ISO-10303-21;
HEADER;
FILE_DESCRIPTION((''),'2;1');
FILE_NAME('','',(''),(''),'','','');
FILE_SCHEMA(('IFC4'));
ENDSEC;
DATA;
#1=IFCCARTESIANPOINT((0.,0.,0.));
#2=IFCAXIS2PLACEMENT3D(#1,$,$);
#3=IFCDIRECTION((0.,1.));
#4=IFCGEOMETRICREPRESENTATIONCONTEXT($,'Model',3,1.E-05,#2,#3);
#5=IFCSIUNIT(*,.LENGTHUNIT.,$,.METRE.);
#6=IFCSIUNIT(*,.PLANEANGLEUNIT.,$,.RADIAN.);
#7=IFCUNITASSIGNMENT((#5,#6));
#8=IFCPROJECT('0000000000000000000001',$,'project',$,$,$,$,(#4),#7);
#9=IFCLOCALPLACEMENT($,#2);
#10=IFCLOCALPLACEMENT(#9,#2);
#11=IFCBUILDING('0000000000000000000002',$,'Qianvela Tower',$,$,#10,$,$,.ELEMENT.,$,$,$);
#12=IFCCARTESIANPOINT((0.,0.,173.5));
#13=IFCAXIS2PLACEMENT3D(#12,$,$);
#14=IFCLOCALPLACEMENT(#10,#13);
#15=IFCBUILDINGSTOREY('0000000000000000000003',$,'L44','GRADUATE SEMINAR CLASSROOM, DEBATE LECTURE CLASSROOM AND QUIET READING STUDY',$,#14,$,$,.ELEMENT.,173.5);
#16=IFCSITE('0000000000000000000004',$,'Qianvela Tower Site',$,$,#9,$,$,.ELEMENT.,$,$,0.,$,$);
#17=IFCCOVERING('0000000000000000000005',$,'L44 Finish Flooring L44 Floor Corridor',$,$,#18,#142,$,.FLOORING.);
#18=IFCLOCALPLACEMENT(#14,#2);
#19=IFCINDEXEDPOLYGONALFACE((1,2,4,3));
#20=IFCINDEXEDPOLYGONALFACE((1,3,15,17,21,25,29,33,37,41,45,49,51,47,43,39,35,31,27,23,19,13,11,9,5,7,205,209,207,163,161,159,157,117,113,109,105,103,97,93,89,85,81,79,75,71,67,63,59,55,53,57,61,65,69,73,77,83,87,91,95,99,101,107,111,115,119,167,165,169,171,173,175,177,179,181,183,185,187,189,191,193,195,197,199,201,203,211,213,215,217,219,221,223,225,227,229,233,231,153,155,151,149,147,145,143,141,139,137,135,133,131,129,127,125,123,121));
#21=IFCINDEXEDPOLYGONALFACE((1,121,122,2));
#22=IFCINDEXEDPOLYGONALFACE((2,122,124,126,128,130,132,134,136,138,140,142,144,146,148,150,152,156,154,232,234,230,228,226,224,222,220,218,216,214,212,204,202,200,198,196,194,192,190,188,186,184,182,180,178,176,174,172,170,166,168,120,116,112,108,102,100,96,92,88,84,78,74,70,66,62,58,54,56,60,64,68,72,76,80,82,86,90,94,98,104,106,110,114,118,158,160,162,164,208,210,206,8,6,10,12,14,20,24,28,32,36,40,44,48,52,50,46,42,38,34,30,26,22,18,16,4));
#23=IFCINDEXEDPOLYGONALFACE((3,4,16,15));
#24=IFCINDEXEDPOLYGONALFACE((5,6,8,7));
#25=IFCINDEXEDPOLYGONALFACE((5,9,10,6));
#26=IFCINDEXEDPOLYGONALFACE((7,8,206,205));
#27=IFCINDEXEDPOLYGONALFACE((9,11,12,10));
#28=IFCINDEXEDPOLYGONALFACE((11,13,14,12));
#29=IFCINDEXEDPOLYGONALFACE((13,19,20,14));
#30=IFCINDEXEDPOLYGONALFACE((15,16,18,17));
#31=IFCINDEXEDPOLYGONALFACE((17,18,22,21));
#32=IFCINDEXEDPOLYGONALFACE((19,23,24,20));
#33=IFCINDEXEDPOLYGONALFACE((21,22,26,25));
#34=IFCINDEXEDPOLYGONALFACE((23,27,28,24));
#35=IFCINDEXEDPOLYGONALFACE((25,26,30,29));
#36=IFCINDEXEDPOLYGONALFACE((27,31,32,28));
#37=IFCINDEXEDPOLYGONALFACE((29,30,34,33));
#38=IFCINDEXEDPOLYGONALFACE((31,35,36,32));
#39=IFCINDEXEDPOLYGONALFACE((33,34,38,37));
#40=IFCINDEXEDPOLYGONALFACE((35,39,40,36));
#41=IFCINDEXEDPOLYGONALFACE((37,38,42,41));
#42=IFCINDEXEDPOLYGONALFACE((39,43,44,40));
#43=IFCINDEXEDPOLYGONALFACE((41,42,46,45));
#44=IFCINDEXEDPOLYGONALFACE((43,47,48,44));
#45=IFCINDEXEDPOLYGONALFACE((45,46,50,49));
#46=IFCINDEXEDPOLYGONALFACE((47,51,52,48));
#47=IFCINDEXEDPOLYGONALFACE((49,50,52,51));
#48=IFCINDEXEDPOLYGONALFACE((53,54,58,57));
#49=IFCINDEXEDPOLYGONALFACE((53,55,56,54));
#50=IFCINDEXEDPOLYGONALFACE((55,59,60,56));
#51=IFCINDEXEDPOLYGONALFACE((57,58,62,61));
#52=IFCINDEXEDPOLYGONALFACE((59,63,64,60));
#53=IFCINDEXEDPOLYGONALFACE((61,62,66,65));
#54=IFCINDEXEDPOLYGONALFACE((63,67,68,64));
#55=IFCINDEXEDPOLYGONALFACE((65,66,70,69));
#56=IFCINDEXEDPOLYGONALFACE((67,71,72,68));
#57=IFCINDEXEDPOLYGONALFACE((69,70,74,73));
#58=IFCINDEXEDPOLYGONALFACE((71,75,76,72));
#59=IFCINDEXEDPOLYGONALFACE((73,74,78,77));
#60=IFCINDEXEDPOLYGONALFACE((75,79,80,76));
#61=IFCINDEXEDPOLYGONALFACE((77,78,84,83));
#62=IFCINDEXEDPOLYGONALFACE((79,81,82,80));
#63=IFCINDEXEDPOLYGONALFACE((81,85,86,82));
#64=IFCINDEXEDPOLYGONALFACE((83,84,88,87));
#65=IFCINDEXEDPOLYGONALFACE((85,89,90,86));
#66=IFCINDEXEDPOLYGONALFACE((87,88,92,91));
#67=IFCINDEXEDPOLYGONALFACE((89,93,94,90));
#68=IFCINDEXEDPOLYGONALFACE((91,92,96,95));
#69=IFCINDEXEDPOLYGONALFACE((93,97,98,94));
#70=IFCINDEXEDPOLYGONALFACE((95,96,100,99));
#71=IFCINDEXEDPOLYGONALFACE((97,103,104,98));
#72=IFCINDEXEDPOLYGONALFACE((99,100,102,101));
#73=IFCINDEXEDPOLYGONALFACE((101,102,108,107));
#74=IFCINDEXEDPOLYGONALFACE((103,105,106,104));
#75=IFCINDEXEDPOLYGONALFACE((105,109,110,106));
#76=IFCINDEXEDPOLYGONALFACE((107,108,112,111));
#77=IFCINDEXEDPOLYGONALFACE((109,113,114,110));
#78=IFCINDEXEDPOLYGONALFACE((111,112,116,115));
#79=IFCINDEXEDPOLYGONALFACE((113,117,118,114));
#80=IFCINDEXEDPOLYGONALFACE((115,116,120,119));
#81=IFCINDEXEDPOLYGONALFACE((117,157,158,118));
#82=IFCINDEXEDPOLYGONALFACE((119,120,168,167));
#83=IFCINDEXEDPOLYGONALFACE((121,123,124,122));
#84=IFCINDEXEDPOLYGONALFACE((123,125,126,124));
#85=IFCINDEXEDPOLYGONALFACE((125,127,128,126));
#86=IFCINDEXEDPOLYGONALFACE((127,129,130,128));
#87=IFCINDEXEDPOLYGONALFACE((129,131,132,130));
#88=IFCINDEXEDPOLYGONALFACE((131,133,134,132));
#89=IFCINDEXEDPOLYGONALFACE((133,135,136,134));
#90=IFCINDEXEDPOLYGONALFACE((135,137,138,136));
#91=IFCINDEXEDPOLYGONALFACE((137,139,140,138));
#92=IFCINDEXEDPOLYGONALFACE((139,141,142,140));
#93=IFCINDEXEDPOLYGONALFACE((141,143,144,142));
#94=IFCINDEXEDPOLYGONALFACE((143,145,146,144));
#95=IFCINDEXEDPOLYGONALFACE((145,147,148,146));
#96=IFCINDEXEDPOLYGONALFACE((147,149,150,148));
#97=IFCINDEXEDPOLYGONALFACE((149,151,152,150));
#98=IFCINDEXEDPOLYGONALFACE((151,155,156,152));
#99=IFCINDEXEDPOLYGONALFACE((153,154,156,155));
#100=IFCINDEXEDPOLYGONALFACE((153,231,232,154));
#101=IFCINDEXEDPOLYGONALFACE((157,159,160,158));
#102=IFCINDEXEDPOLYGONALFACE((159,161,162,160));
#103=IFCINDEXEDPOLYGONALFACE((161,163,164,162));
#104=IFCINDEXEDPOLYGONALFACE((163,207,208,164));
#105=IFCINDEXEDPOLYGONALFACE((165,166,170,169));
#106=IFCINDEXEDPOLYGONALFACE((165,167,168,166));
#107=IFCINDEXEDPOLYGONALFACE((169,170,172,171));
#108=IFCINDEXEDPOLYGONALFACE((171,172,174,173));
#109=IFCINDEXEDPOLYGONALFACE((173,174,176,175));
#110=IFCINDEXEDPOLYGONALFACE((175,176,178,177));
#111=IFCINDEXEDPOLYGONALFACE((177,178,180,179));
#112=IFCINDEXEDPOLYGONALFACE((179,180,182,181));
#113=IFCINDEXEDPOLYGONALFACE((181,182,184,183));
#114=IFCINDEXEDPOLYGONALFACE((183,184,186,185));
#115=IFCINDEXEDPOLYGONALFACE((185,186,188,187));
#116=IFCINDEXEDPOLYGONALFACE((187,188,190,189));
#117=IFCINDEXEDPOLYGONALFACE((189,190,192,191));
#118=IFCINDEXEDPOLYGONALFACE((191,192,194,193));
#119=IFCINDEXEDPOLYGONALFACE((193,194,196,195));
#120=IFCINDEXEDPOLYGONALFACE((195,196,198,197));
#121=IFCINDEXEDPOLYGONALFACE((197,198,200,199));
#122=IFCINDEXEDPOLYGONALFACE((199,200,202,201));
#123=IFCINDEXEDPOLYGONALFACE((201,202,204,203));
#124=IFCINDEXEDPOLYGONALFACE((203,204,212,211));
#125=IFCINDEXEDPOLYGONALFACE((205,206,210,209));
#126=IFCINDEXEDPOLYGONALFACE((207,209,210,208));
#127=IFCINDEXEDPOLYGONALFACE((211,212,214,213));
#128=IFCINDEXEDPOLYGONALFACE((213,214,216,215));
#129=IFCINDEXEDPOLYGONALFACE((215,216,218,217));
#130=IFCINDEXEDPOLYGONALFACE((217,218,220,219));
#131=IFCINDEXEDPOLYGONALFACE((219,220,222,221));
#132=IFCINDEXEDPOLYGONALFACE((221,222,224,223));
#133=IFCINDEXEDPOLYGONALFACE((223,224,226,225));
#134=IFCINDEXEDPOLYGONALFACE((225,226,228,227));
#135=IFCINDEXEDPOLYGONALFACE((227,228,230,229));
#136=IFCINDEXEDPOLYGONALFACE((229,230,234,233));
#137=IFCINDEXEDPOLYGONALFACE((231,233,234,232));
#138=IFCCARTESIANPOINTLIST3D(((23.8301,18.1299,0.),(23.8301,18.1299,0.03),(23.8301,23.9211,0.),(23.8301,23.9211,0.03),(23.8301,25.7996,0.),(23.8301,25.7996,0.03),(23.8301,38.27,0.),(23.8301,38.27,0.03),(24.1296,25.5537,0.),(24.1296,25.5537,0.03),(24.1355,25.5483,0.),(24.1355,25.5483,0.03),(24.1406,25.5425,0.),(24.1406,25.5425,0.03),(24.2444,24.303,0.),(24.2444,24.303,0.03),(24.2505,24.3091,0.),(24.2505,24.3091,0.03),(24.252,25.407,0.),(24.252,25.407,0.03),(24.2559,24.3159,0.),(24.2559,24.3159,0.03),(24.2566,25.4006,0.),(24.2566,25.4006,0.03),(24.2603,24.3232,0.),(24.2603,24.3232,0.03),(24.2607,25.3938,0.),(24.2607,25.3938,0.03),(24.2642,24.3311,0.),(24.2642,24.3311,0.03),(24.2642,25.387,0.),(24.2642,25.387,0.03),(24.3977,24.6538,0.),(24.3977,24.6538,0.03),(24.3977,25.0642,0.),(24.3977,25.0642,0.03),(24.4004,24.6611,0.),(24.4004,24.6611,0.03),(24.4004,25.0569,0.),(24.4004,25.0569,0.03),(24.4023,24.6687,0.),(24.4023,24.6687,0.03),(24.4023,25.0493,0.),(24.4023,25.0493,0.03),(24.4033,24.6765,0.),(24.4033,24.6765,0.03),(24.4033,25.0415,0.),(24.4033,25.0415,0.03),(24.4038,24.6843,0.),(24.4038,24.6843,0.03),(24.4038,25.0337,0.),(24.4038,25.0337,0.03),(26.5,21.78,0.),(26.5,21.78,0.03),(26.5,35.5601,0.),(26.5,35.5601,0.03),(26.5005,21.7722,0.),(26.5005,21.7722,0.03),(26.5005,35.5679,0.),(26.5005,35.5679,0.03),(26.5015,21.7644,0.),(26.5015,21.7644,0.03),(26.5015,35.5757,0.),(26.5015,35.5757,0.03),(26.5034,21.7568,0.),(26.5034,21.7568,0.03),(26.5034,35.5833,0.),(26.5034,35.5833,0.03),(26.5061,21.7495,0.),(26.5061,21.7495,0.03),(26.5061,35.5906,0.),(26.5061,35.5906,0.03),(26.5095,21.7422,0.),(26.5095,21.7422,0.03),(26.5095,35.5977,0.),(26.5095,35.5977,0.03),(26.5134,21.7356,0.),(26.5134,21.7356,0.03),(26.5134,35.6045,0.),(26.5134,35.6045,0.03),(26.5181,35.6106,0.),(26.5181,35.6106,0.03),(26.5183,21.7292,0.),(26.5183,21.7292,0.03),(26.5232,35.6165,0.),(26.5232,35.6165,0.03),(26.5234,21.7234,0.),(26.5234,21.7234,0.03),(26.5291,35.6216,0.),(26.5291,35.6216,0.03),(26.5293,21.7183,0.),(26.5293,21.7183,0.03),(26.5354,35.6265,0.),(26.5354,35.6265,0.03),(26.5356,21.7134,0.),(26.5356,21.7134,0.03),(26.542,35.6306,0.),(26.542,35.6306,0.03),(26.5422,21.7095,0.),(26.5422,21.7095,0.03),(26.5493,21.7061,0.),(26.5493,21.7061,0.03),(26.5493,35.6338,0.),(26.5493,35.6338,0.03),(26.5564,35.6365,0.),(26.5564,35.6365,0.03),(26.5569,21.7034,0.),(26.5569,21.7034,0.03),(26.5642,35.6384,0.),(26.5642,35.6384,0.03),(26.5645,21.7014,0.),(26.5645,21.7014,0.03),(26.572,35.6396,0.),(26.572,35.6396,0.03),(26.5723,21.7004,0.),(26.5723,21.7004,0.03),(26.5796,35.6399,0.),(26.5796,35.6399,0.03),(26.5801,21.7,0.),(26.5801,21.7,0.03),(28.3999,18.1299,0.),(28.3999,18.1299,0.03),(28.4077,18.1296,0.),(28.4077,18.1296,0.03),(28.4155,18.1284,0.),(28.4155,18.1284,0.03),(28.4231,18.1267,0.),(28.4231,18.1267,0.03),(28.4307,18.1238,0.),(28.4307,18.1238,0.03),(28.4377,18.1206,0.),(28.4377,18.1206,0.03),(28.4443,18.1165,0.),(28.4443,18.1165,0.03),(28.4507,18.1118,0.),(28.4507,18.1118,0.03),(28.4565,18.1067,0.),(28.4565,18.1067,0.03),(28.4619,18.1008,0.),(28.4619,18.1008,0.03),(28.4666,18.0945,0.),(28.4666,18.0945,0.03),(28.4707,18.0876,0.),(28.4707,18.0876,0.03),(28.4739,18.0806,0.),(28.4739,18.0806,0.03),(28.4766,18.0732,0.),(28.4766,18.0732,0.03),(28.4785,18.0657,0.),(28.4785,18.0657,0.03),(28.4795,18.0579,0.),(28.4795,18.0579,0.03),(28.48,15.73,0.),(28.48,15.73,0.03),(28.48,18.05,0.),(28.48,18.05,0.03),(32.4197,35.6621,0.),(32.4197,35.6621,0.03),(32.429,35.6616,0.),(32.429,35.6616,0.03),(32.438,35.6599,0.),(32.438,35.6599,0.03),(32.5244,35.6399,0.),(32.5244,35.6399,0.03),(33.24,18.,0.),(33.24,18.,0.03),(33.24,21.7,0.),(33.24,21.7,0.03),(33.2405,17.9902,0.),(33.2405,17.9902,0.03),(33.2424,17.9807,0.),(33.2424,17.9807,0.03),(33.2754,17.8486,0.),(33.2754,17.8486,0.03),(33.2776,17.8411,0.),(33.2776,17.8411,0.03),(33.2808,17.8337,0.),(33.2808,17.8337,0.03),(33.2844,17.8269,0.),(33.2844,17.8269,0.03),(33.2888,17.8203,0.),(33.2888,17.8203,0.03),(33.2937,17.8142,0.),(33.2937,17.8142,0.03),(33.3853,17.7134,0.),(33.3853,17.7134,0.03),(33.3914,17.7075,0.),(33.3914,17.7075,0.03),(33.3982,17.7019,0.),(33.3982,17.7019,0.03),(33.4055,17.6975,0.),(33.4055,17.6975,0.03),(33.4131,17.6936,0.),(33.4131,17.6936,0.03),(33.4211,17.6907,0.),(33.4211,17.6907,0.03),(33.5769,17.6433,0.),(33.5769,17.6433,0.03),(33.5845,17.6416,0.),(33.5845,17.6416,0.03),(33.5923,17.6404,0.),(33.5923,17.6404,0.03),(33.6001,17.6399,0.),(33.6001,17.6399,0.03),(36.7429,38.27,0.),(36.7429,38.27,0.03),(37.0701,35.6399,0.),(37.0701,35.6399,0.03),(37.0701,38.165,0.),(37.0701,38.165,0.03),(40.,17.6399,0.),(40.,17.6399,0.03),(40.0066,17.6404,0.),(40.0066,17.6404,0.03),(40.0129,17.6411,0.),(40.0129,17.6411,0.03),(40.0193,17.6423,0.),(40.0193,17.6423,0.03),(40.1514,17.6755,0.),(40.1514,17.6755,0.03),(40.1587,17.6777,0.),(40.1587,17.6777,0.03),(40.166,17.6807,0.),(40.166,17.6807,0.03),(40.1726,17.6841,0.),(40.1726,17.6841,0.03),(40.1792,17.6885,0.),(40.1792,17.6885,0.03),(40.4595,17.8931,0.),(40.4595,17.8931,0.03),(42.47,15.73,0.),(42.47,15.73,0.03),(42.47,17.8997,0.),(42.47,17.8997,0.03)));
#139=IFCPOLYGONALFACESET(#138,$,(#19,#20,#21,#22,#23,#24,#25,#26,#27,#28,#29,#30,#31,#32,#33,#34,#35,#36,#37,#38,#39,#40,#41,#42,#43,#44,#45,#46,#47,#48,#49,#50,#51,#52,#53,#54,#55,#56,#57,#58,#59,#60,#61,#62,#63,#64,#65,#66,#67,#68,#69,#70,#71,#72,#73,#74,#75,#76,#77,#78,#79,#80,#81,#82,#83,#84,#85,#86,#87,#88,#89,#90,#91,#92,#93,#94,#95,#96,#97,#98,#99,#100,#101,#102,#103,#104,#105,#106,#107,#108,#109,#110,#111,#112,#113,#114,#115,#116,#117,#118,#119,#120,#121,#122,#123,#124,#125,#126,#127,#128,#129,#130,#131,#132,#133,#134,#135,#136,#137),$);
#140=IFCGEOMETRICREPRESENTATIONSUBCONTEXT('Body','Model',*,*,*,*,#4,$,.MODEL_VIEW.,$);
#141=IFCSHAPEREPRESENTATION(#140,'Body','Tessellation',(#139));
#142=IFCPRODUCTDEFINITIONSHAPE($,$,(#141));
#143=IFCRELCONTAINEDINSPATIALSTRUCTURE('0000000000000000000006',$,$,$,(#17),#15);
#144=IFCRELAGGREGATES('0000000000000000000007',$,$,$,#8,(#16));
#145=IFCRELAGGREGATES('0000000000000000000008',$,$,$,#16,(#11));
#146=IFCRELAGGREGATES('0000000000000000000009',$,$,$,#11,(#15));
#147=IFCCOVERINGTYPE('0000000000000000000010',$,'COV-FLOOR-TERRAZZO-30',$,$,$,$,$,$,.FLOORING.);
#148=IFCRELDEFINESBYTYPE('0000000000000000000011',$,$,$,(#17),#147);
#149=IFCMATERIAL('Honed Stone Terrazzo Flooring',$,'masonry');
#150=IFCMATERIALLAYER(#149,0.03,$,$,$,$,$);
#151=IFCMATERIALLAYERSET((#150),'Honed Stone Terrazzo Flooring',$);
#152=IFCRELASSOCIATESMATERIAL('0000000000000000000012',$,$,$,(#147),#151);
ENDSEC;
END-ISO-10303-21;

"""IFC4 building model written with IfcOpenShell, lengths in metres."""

from ifc_helpers import new_model, si_unit, direction, frame, origin, place, context, subcontext, project, spatial, polyline, outline, extrude, material, layer, layer_set, type_object, element, save


model = new_model("IFC4")

# Units and contexts
model_context = context("Model", 3, precision=1e-05, world=origin(), true_north=direction((0.0, 1.0)))
body_context = subcontext(model_context, "Body", "Model", "MODEL_VIEW")
ifc_project = project(units=[si_unit("LENGTHUNIT", "METRE"), si_unit("PLANEANGLEUNIT", "RADIAN")], contexts=[model_context])

# Site, building, storey
site_placement = place(None, origin())
site = spatial("IfcSite", under=ifc_project, at=site_placement, Name="Qianvela Tower Site", CompositionType="ELEMENT", RefElevation=0.0)
building_placement = place(site_placement, origin())
building = spatial("IfcBuilding", under=site, at=building_placement, Name="Qianvela Tower", CompositionType="ELEMENT")
storey_placement = place(building_placement, frame((0.0, 0.0, 173.5)))
storey = spatial("IfcBuildingStorey", under=building, at=storey_placement, Name="L44", Description="GRADUATE SEMINAR CLASSROOM, DEBATE LECTURE CLASSROOM AND QUIET READING STUDY", CompositionType="ELEMENT", Elevation=173.5)

# Covering
ifc_material_1 = material(Name="Honed Stone Terrazzo Flooring", Category="masonry")
ifc_layer_1 = layer(ifc_material_1, 0.03)
ifc_layer_set_1 = layer_set([ifc_layer_1], Name="Honed Stone Terrazzo Flooring")
covering_type_1 = type_object("IfcCoveringType", Name="COV-FLOOR-TERRAZZO-30", PredefinedType="FLOORING", material=ifc_layer_set_1)
covering_1_placement = place(storey_placement, origin())
element("IfcCovering", 1, at=covering_1_placement, inside=storey, type_object=covering_type_1, Name="L44 Finish Flooring L44 Floor Corridor", PredefinedType="FLOORING", context=body_context, shape_type="SweptSolid", body=[
    extrude(outline(polyline([(24.4038, 25.0337), (24.4033, 25.0415), (24.4023, 25.0493), (24.4004, 25.0569), (24.3977, 25.0642), (24.2642, 25.387), (24.2607, 25.3938), (24.2566, 25.4006), (24.252, 25.407), (24.1406, 25.5425), (24.1355, 25.5483), (24.1296, 25.5537), (23.8301, 25.7996), (23.8301, 38.27), (36.7429, 38.27), (37.0701, 38.165), (37.0701, 35.6399), (32.5244, 35.6399), (32.438, 35.6599), (32.429, 35.6616), (32.4197, 35.6621), (26.5796, 35.6399), (26.572, 35.6396), (26.5642, 35.6384), (26.5564, 35.6365), (26.5493, 35.6338), (26.542, 35.6306), (26.5354, 35.6265), (26.5291, 35.6216), (26.5232, 35.6165), (26.5181, 35.6106), (26.5134, 35.6045), (26.5095, 35.5977), (26.5061, 35.5906), (26.5034, 35.5833), (26.5015, 35.5757), (26.5005, 35.5679), (26.5, 35.5601), (26.5, 21.78), (26.5005, 21.7722), (26.5015, 21.7644), (26.5034, 21.7568), (26.5061, 21.7495), (26.5095, 21.7422), (26.5134, 21.7356), (26.5183, 21.7292), (26.5234, 21.7234), (26.5293, 21.7183), (26.5356, 21.7134), (26.5422, 21.7095), (26.5493, 21.7061), (26.5569, 21.7034), (26.5645, 21.7014), (26.5723, 21.7004), (26.5801, 21.7), (33.24, 21.7), (33.24, 18.0), (33.2405, 17.9902), (33.2424, 17.9807), (33.2754, 17.8486), (33.2776, 17.8411), (33.2808, 17.8337), (33.2844, 17.8269), (33.2888, 17.8203), (33.2937, 17.8142), (33.3853, 17.7134), (33.3914, 17.7075), (33.3982, 17.7019), (33.4055, 17.6975), (33.4131, 17.6936), (33.4211, 17.6907), (33.5769, 17.6433), (33.5845, 17.6416), (33.5923, 17.6404), (33.6001, 17.6399), (40.0, 17.6399), (40.0066, 17.6404), (40.0129, 17.6411), (40.0193, 17.6423), (40.1514, 17.6755), (40.1587, 17.6777), (40.166, 17.6807), (40.1726, 17.6841), (40.1792, 17.6885), (40.4595, 17.8931), (42.47, 17.8997), (42.47, 15.73), (28.48, 15.73), (28.48, 18.05), (28.4795, 18.0579), (28.4785, 18.0657), (28.4766, 18.0732), (28.4739, 18.0806), (28.4707, 18.0876), (28.4666, 18.0945), (28.4619, 18.1008), (28.4565, 18.1067), (28.4507, 18.1118), (28.4443, 18.1165), (28.4377, 18.1206), (28.4307, 18.1238), (28.4231, 18.1267), (28.4155, 18.1284), (28.4077, 18.1296), (28.3999, 18.1299), (23.8301, 18.1299), (23.8301, 23.9211), (24.2444, 24.303), (24.2505, 24.3091), (24.2559, 24.3159), (24.2603, 24.3232), (24.2642, 24.3311), (24.3977, 24.6538), (24.4004, 24.6611), (24.4023, 24.6687), (24.4033, 24.6765), (24.4038, 24.6843), (24.4038, 25.0337)])), origin(), (0.0, 0.0, 1.0), 0.03),
])

save(model, "model.ifc")
